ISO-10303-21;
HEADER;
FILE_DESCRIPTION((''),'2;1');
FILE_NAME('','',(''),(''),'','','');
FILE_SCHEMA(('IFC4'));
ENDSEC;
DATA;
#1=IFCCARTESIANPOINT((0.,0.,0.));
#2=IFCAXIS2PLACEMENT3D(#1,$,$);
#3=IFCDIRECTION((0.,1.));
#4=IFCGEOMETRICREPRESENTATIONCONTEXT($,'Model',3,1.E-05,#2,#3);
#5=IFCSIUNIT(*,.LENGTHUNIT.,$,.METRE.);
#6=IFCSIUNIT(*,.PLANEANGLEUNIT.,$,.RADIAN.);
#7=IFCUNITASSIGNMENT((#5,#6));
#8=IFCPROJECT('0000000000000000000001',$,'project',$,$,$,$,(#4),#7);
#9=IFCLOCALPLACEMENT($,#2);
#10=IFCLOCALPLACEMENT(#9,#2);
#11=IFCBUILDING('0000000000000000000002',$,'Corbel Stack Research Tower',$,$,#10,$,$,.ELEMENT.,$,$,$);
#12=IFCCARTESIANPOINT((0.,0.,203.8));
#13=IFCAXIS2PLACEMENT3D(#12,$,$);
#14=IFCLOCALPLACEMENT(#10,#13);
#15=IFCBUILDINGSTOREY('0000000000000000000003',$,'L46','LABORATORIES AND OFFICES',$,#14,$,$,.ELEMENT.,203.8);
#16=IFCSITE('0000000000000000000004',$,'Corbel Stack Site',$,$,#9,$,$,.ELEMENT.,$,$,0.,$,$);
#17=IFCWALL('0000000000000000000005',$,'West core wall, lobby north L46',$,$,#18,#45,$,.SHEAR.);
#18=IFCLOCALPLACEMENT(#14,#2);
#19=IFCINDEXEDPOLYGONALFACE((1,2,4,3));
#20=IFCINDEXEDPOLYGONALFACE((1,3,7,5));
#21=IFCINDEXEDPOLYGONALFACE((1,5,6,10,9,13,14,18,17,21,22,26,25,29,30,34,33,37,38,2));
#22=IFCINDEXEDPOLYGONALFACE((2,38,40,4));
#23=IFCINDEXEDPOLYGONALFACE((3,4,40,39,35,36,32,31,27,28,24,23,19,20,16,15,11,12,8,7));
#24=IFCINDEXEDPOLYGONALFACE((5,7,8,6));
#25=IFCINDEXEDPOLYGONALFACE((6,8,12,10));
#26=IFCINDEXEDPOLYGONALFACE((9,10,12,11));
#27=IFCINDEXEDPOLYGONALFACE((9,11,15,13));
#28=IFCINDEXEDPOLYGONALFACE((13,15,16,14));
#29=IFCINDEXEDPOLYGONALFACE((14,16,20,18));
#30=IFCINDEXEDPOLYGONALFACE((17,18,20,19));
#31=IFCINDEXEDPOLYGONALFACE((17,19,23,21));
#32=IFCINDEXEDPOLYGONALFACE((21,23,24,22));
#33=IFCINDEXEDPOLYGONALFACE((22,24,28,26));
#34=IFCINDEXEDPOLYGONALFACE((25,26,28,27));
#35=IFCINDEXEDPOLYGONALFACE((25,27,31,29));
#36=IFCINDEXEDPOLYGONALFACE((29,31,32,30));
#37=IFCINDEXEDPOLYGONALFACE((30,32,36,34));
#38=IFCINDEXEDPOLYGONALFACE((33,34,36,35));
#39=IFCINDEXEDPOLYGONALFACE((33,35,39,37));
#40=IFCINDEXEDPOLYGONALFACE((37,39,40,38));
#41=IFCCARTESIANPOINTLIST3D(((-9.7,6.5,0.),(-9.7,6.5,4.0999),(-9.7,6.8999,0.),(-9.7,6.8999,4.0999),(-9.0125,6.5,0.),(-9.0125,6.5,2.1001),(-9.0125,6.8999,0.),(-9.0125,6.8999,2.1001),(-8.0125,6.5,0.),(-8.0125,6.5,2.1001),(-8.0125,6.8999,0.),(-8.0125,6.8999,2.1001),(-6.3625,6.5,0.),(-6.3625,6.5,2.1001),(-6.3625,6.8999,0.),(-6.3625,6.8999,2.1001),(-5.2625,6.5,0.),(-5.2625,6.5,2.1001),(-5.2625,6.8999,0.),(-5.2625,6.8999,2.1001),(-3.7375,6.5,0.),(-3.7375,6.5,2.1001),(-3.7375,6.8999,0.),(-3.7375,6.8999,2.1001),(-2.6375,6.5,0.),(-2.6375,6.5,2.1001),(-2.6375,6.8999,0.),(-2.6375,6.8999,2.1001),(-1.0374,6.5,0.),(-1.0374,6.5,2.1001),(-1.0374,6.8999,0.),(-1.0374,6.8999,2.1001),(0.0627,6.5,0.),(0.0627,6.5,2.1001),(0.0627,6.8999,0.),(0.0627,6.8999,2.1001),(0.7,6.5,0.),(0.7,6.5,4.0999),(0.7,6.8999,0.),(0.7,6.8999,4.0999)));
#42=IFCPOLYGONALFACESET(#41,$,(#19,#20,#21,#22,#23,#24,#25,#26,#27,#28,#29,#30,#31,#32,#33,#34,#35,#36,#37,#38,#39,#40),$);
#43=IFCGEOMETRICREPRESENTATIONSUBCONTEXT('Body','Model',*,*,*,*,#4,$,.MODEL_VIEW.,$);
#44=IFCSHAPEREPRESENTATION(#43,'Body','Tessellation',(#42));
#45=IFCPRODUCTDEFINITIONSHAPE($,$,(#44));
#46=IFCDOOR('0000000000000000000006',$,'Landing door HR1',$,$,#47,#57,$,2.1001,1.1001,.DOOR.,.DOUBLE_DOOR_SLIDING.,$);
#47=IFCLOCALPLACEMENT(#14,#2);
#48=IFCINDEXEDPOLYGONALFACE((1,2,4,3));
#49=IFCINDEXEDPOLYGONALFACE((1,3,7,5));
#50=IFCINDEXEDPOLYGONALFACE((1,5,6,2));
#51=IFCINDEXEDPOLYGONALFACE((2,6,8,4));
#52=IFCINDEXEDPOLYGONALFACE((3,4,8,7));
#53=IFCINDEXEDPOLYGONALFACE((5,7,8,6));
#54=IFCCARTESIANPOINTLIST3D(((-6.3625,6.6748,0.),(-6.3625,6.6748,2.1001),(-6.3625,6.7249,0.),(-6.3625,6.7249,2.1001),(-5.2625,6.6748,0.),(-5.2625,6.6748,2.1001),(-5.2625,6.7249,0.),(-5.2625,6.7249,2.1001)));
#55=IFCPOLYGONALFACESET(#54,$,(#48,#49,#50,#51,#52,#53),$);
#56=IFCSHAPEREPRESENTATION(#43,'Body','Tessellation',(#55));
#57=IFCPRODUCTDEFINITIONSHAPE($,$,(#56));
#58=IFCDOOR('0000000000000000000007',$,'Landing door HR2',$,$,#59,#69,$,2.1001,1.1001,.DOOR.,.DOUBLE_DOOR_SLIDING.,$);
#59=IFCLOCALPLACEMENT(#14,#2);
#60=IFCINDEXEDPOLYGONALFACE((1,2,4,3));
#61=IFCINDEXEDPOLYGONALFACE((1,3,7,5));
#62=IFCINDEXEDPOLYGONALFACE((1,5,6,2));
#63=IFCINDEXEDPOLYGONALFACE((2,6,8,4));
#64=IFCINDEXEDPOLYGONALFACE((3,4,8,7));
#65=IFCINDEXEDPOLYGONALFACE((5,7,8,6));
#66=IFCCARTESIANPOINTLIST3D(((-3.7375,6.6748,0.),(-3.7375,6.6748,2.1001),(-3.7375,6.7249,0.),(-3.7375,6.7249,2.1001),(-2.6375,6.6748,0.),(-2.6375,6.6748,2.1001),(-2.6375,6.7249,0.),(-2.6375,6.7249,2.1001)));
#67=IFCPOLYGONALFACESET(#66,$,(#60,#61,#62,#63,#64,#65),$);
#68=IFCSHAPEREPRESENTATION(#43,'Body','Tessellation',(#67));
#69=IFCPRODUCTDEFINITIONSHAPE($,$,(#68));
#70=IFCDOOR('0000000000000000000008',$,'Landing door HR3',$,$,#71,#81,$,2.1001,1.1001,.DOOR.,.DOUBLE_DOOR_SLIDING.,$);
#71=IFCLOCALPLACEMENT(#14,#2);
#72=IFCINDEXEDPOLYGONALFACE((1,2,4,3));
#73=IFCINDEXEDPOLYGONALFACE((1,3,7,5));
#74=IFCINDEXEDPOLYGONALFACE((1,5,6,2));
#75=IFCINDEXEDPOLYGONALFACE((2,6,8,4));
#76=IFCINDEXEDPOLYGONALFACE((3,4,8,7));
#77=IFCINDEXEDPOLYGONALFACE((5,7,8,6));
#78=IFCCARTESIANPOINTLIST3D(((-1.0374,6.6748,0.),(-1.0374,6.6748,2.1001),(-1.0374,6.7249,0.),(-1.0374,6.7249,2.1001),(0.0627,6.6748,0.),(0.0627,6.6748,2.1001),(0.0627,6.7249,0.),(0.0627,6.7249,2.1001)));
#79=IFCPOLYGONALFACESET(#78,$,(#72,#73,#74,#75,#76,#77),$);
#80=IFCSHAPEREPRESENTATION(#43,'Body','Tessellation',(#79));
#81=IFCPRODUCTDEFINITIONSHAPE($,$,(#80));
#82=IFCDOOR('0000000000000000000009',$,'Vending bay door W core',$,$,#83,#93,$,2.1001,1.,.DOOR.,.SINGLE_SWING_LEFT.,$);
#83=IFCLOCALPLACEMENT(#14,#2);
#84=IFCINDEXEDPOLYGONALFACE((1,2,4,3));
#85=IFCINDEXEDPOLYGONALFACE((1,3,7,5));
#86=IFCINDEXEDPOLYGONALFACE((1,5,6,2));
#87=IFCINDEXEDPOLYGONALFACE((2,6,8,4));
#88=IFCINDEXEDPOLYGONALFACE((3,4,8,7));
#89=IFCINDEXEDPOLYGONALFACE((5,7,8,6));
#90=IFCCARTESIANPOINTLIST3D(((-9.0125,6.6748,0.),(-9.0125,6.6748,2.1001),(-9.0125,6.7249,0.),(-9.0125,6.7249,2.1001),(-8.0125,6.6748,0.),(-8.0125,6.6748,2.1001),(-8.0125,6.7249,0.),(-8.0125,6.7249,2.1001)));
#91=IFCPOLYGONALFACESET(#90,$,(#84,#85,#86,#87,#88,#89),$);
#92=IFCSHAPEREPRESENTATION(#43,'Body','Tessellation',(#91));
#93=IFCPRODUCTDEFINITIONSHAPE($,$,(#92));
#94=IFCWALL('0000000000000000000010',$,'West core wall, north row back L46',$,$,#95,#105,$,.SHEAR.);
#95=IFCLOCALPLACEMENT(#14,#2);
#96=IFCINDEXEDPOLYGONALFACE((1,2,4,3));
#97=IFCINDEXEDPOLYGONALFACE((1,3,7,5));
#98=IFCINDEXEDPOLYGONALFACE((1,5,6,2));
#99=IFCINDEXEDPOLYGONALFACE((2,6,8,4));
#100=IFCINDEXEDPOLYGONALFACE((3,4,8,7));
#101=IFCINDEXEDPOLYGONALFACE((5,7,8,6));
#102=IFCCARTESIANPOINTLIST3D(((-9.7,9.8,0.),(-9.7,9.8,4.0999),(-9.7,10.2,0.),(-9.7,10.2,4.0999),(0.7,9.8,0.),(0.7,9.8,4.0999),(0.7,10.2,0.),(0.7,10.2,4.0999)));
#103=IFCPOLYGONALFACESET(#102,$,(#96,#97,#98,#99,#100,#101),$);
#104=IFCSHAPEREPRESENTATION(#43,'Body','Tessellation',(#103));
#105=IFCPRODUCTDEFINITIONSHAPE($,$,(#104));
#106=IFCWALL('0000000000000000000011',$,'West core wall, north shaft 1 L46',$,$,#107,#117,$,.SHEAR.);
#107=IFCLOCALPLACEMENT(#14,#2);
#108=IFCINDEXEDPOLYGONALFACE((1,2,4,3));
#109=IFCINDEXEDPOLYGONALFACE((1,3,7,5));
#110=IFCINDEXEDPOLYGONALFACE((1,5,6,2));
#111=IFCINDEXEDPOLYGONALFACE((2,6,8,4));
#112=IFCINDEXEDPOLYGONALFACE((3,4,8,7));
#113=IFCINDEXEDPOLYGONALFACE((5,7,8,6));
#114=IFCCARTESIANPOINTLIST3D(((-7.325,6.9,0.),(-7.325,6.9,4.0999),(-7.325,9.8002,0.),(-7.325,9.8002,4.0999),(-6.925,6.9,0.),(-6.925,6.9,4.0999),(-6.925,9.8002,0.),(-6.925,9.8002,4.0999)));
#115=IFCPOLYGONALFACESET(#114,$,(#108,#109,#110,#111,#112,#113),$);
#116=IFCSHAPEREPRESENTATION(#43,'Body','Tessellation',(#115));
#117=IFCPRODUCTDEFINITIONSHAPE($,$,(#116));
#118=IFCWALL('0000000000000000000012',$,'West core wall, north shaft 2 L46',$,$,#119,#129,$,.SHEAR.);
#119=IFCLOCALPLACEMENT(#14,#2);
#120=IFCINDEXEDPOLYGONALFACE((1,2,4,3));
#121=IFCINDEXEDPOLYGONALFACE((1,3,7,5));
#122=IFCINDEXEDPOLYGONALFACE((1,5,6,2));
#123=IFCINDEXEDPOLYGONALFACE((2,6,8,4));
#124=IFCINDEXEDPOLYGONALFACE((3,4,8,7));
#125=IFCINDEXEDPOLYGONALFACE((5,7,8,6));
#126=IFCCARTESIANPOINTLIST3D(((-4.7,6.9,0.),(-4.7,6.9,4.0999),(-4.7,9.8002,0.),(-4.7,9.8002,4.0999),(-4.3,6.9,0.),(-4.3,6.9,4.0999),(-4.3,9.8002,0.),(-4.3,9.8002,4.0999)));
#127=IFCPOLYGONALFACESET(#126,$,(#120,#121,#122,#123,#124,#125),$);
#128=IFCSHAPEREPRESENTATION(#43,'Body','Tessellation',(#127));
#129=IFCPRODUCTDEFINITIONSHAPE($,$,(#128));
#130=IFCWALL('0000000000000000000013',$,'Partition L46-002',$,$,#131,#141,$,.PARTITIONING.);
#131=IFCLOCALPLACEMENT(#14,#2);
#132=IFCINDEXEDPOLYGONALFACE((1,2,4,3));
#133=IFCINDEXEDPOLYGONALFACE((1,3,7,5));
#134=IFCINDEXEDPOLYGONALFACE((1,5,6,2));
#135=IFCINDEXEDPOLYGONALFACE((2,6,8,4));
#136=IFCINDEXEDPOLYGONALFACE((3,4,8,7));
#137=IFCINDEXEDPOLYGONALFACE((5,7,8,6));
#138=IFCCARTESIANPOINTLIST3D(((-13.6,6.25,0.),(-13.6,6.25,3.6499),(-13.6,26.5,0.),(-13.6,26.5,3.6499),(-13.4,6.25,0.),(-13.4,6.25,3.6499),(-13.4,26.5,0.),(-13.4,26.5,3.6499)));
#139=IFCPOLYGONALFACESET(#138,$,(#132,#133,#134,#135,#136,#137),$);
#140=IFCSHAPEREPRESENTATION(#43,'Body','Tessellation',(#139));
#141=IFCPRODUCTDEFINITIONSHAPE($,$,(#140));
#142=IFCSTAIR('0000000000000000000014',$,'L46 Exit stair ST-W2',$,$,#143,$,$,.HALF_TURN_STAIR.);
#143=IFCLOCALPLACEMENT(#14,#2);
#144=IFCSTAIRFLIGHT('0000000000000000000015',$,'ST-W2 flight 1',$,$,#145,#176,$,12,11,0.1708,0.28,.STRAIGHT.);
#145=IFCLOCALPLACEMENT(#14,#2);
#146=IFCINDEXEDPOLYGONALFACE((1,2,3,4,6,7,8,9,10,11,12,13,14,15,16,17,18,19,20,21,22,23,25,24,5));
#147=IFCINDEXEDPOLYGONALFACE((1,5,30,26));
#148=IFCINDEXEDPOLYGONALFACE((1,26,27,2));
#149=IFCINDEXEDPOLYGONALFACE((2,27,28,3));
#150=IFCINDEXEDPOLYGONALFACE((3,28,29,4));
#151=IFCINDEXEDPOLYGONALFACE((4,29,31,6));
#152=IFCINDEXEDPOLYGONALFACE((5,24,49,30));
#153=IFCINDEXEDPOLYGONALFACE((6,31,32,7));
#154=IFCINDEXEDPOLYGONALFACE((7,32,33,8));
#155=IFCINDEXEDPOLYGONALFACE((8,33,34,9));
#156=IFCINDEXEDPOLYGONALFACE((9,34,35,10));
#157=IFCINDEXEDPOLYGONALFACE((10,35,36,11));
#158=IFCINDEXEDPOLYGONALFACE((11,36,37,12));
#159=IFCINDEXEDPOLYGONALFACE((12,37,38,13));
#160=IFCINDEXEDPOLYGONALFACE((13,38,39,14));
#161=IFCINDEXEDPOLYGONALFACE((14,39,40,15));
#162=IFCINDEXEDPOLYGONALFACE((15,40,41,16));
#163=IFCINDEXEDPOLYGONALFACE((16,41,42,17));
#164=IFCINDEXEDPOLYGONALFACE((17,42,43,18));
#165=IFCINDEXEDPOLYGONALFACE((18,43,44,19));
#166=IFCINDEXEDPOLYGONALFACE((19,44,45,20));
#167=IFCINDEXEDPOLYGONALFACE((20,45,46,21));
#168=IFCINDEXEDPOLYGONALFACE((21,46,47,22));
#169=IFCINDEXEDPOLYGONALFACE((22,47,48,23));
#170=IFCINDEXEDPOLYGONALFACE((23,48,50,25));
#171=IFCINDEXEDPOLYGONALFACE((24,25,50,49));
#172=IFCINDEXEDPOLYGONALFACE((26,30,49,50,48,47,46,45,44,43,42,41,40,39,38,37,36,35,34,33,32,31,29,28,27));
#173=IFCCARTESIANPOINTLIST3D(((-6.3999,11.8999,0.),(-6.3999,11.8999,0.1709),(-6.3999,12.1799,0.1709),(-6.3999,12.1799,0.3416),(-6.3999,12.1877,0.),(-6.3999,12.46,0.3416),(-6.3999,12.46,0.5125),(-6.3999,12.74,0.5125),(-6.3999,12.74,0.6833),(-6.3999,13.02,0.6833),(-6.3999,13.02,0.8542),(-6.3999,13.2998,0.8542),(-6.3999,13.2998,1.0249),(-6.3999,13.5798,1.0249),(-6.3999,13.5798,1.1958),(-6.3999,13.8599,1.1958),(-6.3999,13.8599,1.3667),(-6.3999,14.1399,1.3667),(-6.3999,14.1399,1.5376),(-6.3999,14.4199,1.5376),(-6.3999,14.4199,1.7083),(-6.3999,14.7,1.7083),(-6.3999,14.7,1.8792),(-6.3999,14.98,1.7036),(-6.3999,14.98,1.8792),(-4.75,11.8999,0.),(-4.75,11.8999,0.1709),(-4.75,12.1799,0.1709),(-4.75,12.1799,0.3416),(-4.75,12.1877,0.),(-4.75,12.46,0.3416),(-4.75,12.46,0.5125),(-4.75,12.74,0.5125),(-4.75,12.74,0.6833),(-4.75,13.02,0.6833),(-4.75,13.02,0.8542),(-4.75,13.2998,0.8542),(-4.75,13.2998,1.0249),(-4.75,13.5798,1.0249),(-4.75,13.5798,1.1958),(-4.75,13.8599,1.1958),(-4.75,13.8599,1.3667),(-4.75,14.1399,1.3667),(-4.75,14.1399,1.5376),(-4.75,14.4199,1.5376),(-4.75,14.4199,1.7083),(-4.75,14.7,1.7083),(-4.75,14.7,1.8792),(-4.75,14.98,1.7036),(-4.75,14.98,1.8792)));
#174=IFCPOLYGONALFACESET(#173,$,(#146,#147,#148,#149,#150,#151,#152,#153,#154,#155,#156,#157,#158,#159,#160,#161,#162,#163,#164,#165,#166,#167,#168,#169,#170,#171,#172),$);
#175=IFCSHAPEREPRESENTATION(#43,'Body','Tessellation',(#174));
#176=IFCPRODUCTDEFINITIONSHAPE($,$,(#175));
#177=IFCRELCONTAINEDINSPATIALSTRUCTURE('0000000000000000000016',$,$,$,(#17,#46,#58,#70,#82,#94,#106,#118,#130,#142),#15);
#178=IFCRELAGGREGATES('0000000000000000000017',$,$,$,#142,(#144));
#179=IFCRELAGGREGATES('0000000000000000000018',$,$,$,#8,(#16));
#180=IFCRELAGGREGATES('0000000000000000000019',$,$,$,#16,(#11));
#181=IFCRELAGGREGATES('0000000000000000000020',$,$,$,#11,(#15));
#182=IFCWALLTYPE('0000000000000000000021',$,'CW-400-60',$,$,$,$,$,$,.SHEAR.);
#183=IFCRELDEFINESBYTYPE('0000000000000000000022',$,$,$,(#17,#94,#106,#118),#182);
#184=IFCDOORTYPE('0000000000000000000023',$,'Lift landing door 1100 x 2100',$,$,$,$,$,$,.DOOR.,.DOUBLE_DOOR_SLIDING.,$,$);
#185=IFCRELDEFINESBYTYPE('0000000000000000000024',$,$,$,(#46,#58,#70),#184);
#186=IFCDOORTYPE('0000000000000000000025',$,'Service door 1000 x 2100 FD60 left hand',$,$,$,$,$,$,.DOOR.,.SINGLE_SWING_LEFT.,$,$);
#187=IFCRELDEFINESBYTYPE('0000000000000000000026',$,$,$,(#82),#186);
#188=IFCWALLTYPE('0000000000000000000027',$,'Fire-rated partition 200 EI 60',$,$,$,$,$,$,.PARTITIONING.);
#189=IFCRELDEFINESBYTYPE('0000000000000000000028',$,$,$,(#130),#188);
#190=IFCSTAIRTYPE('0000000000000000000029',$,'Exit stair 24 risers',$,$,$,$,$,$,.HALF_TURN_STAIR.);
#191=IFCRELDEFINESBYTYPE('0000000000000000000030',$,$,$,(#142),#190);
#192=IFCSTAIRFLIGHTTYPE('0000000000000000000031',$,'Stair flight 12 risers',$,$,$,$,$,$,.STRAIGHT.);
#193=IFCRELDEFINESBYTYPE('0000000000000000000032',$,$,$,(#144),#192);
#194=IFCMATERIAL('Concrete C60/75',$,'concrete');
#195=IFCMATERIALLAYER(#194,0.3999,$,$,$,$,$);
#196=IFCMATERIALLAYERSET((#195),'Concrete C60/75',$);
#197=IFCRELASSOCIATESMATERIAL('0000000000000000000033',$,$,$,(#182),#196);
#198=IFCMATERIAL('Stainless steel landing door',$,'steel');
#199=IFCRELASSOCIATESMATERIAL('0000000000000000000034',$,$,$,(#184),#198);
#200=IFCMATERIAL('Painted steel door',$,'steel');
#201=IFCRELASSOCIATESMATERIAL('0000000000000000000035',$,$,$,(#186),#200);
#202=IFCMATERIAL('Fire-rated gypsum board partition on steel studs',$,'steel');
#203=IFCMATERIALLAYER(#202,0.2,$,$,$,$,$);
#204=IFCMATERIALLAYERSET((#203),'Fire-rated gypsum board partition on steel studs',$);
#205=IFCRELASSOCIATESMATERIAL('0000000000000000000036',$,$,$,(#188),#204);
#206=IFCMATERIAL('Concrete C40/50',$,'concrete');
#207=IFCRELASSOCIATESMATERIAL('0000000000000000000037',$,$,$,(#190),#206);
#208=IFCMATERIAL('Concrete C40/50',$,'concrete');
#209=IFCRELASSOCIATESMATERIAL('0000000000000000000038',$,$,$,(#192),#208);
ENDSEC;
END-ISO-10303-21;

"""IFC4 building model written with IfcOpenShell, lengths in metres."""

from ifc_helpers import new_model, si_unit, direction, frame, frame_2d, origin, place, context, subcontext, project, spatial, polyline, rectangle, outline, extrude, material, layer, layer_set, type_object, element, fill, aggregate, save


model = new_model("IFC4")

# Units and contexts
model_context = context("Model", 3, precision=1e-05, world=origin(), true_north=direction((0.0, 1.0)))
body_context = subcontext(model_context, "Body", "Model", "MODEL_VIEW")
ifc_project = project(units=[si_unit("LENGTHUNIT", "METRE"), si_unit("PLANEANGLEUNIT", "RADIAN")], contexts=[model_context])

# Site, building, storey
site_placement = place(None, origin())
site = spatial("IfcSite", under=ifc_project, at=site_placement, Name="Corbel Stack Site", CompositionType="ELEMENT", RefElevation=0.0)
building_placement = place(site_placement, origin())
building = spatial("IfcBuilding", under=site, at=building_placement, Name="Corbel Stack Research Tower", CompositionType="ELEMENT")
storey_placement = place(building_placement, frame((0.0, 0.0, 203.8)))
storey = spatial("IfcBuildingStorey", under=building, at=storey_placement, Name="L46", Description="LABORATORIES AND OFFICES", CompositionType="ELEMENT", Elevation=203.8)

# Wall, openings, doors
ifc_material_1 = material(Name="Concrete C60/75", Category="concrete")
ifc_layer_1 = layer(ifc_material_1, 0.3999)
ifc_layer_set_1 = layer_set([ifc_layer_1], Name="Concrete C60/75")
wall_type_1 = type_object("IfcWallType", Name="CW-400-60", PredefinedType="SHEAR", material=ifc_layer_set_1)
ifc_material_2 = material(Name="Stainless steel landing door", Category="steel")
door_type_1 = type_object("IfcDoorType", Name="Lift landing door 1100 x 2100", OperationType="DOUBLE_DOOR_SLIDING", PredefinedType="DOOR", material=ifc_material_2)
ifc_material_3 = material(Name="Painted steel door", Category="steel")
door_type_2 = type_object("IfcDoorType", Name="Service door 1000 x 2100 FD60 left hand", OperationType="SINGLE_SWING_LEFT", PredefinedType="DOOR", material=ifc_material_3)
wall_1_placement = place(storey_placement, frame((-9.7, 6.7, 0.0), z_axis=(0.0, 0.0, 1.0), x_axis=(1.0, 0.0, 0.0)))
wall_1 = element("IfcWall", 1, at=wall_1_placement, inside=storey, type_object=wall_type_1, Name="West core wall, lobby north L46", PredefinedType="SHEAR", context=body_context, shape_type="SweptSolid", body=[
    extrude(rectangle(XDim=10.3999, YDim=0.3999, at=frame_2d((5.2, 0.0))), origin(), (0.0, 0.0, 1.0), 4.0999),
])
opening_1_placement = place(wall_1_placement, frame((3.3374, 0.0, 0.0)))
opening_1 = element("IfcOpeningElement", 2, at=opening_1_placement, cuts=wall_1, PredefinedType="OPENING", context=body_context, shape_type="SweptSolid", body=[
    extrude(rectangle(XDim=1.1001, YDim=2.1001, at=frame_2d((0.55, 1.05))), frame((0.0, 0.21, 0.0), z_axis=(0.0, -1.0, 0.0), x_axis=(1.0, 0.0, 0.0)), (0.0, 0.0, 1.0), 0.4199),
])
opening_2_placement = place(wall_1_placement, frame((5.9624, 0.0, 0.0)))
opening_2 = element("IfcOpeningElement", 3, at=opening_2_placement, cuts=wall_1, PredefinedType="OPENING", context=body_context, shape_type="SweptSolid", body=[
    extrude(rectangle(XDim=1.1001, YDim=2.1001, at=frame_2d((0.55, 1.05))), frame((0.0, 0.21, 0.0), z_axis=(0.0, -1.0, 0.0), x_axis=(1.0, 0.0, 0.0)), (0.0, 0.0, 1.0), 0.4199),
])
opening_3_placement = place(wall_1_placement, frame((8.6626, 0.0, 0.0)))
opening_3 = element("IfcOpeningElement", 4, at=opening_3_placement, cuts=wall_1, PredefinedType="OPENING", context=body_context, shape_type="SweptSolid", body=[
    extrude(rectangle(XDim=1.1001, YDim=2.1001, at=frame_2d((0.55, 1.05))), frame((0.0, 0.21, 0.0), z_axis=(0.0, -1.0, 0.0), x_axis=(1.0, 0.0, 0.0)), (0.0, 0.0, 1.0), 0.4199),
])
opening_4_placement = place(wall_1_placement, frame((0.6875, 0.0, 0.0)))
opening_4 = element("IfcOpeningElement", 5, at=opening_4_placement, cuts=wall_1, PredefinedType="OPENING", context=body_context, shape_type="SweptSolid", body=[
    extrude(rectangle(XDim=1.0, YDim=2.1001, at=frame_2d((0.5, 1.05))), frame((0.0, 0.21, 0.0), z_axis=(0.0, -1.0, 0.0), x_axis=(1.0, 0.0, 0.0)), (0.0, 0.0, 1.0), 0.4199),
])
door_1_placement = place(opening_1_placement, origin())
door_1 = element("IfcDoor", 6, at=door_1_placement, inside=storey, type_object=door_type_1, Name="Landing door HR1", OperationType="DOUBLE_DOOR_SLIDING", OverallHeight=2.1001, OverallWidth=1.1001, PredefinedType="DOOR", context=body_context, shape_type="SweptSolid", body=[
    extrude(rectangle(XDim=1.1001, YDim=2.1001, at=frame_2d((0.55, 1.05))), frame((0.0, 0.0249, 0.0), z_axis=(0.0, -1.0, 0.0), x_axis=(1.0, 0.0, 0.0)), (0.0, 0.0, 1.0), 0.05),
])
fill(opening_1, door_1)
door_2_placement = place(opening_2_placement, origin())
door_2 = element("IfcDoor", 7, at=door_2_placement, inside=storey, type_object=door_type_1, Name="Landing door HR2", OperationType="DOUBLE_DOOR_SLIDING", OverallHeight=2.1001, OverallWidth=1.1001, PredefinedType="DOOR", context=body_context, shape_type="SweptSolid", body=[
    extrude(rectangle(XDim=1.1001, YDim=2.1001, at=frame_2d((0.55, 1.05))), frame((0.0, 0.0249, 0.0), z_axis=(0.0, -1.0, 0.0), x_axis=(1.0, 0.0, 0.0)), (0.0, 0.0, 1.0), 0.05),
])
fill(opening_2, door_2)
door_3_placement = place(opening_3_placement, origin())
door_3 = element("IfcDoor", 8, at=door_3_placement, inside=storey, type_object=door_type_1, Name="Landing door HR3", OperationType="DOUBLE_DOOR_SLIDING", OverallHeight=2.1001, OverallWidth=1.1001, PredefinedType="DOOR", context=body_context, shape_type="SweptSolid", body=[
    extrude(rectangle(XDim=1.1001, YDim=2.1001, at=frame_2d((0.55, 1.05))), frame((0.0, 0.0249, 0.0), z_axis=(0.0, -1.0, 0.0), x_axis=(1.0, 0.0, 0.0)), (0.0, 0.0, 1.0), 0.05),
])
fill(opening_3, door_3)
door_4_placement = place(opening_4_placement, origin())
door_4 = element("IfcDoor", 9, at=door_4_placement, inside=storey, type_object=door_type_2, Name="Vending bay door W core", OperationType="SINGLE_SWING_LEFT", OverallHeight=2.1001, OverallWidth=1.0, PredefinedType="DOOR", context=body_context, shape_type="SweptSolid", body=[
    extrude(rectangle(XDim=1.0, YDim=2.1001, at=frame_2d((0.5, 1.05))), frame((0.0, 0.0249, 0.0), z_axis=(0.0, -1.0, 0.0), x_axis=(1.0, 0.0, 0.0)), (0.0, 0.0, 1.0), 0.05),
])
fill(opening_4, door_4)

# Walls
wall_2_placement = place(storey_placement, frame((-9.7, 10.0, 0.0), z_axis=(0.0, 0.0, 1.0), x_axis=(1.0, 0.0, 0.0)))
element("IfcWall", 10, at=wall_2_placement, inside=storey, type_object=wall_type_1, Name="West core wall, north row back L46", PredefinedType="SHEAR", context=body_context, shape_type="SweptSolid", body=[
    extrude(rectangle(XDim=10.3999, YDim=0.3999, at=frame_2d((5.2, 0.0))), origin(), (0.0, 0.0, 1.0), 4.0999),
])
for number, where, z_axis, x_axis, name in (
    (11, (-7.125, 6.8999, 0.0), (0.0, 0.0, 1.0), (0.0, 1.0, 0.0), "West core wall, north shaft 1 L46"),
    (12, (-4.5, 6.8999, 0.0), (0.0, 0.0, 1.0), (0.0, 1.0, 0.0), "West core wall, north shaft 2 L46"),
):
    element("IfcWall", number, at=place(storey_placement, frame(where, z_axis=z_axis, x_axis=x_axis)), inside=storey, type_object=wall_type_1, Name=name, PredefinedType="SHEAR", context=body_context, shape_type="SweptSolid", body=[
        extrude(rectangle(XDim=2.9001, YDim=0.3999, at=frame_2d((1.4502, 0.0))), origin(), (0.0, 0.0, 1.0), 4.0999),
    ])
ifc_material_4 = material(Name="Fire-rated gypsum board partition on steel studs", Category="steel")
ifc_layer_2 = layer(ifc_material_4, 0.2)
ifc_layer_set_2 = layer_set([ifc_layer_2], Name="Fire-rated gypsum board partition on steel studs")
wall_type_2 = type_object("IfcWallType", Name="Fire-rated partition 200 EI 60", PredefinedType="PARTITIONING", material=ifc_layer_set_2)
wall_3_placement = place(storey_placement, frame((-13.5, 6.25, 0.0), z_axis=(0.0, 0.0, 1.0), x_axis=(0.0, 1.0, 0.0)))
element("IfcWall", 13, at=wall_3_placement, inside=storey, type_object=wall_type_2, Name="Partition L46-002", PredefinedType="PARTITIONING", context=body_context, shape_type="SweptSolid", body=[
    extrude(rectangle(XDim=20.25, YDim=0.2, at=frame_2d((10.125, 0.0))), origin(), (0.0, 0.0, 1.0), 3.6499),
])

# Stair, stair flight
ifc_material_5 = material(Name="Concrete C40/50", Category="concrete")
stair_type = type_object("IfcStairType", Name="Exit stair 24 risers", PredefinedType="HALF_TURN_STAIR", material=ifc_material_5)
stair_placement = place(storey_placement, origin())
stair = element("IfcStair", 14, at=stair_placement, inside=storey, type_object=stair_type, Name="L46 Exit stair ST-W2", PredefinedType="HALF_TURN_STAIR")
ifc_material_6 = material(Name="Concrete C40/50", Category="concrete")
stair_flight_type = type_object("IfcStairFlightType", Name="Stair flight 12 risers", PredefinedType="STRAIGHT", material=ifc_material_6)
stair_flight_placement = place(storey_placement, frame((-5.575, 11.8999, 0.0), z_axis=(0.0, 0.0, 1.0), x_axis=(0.0, 1.0, 0.0)))
stair_flight = element("IfcStairFlight", 15, at=stair_flight_placement, type_object=stair_flight_type, Name="ST-W2 flight 1", NumberOfRisers=12, NumberOfTreads=11, PredefinedType="STRAIGHT", RiserHeight=0.1708, TreadLength=0.28, context=body_context, shape_type="SweptSolid", body=[
    extrude(outline(polyline([(0.0, 0.0), (0.0, 0.1709), (0.28, 0.1709), (0.28, 0.3416), (0.5601, 0.3416), (0.5601, 0.5125), (0.8401, 0.5125), (0.8401, 0.6833), (1.1201, 0.6833), (1.1201, 0.8542), (1.3999, 0.8542), (1.3999, 1.0249), (1.6799, 1.0249), (1.6799, 1.1958), (1.96, 1.1958), (1.96, 1.3667), (2.24, 1.3667), (2.24, 1.5376), (2.52, 1.5376), (2.52, 1.7083), (2.8, 1.7083), (2.8, 1.8792), (3.0801, 1.8792), (3.0801, 2.05), (3.0801, 1.7036), (0.2878, 0.0), (0.0, 0.0)])), frame((0.0, 0.825, 0.0), z_axis=(0.0, -1.0, 0.0), x_axis=(1.0, 0.0, 0.0)), (0.0, 0.0, 1.0), 1.6499),
])
aggregate(stair, [stair_flight])

save(model, "model.ifc")
